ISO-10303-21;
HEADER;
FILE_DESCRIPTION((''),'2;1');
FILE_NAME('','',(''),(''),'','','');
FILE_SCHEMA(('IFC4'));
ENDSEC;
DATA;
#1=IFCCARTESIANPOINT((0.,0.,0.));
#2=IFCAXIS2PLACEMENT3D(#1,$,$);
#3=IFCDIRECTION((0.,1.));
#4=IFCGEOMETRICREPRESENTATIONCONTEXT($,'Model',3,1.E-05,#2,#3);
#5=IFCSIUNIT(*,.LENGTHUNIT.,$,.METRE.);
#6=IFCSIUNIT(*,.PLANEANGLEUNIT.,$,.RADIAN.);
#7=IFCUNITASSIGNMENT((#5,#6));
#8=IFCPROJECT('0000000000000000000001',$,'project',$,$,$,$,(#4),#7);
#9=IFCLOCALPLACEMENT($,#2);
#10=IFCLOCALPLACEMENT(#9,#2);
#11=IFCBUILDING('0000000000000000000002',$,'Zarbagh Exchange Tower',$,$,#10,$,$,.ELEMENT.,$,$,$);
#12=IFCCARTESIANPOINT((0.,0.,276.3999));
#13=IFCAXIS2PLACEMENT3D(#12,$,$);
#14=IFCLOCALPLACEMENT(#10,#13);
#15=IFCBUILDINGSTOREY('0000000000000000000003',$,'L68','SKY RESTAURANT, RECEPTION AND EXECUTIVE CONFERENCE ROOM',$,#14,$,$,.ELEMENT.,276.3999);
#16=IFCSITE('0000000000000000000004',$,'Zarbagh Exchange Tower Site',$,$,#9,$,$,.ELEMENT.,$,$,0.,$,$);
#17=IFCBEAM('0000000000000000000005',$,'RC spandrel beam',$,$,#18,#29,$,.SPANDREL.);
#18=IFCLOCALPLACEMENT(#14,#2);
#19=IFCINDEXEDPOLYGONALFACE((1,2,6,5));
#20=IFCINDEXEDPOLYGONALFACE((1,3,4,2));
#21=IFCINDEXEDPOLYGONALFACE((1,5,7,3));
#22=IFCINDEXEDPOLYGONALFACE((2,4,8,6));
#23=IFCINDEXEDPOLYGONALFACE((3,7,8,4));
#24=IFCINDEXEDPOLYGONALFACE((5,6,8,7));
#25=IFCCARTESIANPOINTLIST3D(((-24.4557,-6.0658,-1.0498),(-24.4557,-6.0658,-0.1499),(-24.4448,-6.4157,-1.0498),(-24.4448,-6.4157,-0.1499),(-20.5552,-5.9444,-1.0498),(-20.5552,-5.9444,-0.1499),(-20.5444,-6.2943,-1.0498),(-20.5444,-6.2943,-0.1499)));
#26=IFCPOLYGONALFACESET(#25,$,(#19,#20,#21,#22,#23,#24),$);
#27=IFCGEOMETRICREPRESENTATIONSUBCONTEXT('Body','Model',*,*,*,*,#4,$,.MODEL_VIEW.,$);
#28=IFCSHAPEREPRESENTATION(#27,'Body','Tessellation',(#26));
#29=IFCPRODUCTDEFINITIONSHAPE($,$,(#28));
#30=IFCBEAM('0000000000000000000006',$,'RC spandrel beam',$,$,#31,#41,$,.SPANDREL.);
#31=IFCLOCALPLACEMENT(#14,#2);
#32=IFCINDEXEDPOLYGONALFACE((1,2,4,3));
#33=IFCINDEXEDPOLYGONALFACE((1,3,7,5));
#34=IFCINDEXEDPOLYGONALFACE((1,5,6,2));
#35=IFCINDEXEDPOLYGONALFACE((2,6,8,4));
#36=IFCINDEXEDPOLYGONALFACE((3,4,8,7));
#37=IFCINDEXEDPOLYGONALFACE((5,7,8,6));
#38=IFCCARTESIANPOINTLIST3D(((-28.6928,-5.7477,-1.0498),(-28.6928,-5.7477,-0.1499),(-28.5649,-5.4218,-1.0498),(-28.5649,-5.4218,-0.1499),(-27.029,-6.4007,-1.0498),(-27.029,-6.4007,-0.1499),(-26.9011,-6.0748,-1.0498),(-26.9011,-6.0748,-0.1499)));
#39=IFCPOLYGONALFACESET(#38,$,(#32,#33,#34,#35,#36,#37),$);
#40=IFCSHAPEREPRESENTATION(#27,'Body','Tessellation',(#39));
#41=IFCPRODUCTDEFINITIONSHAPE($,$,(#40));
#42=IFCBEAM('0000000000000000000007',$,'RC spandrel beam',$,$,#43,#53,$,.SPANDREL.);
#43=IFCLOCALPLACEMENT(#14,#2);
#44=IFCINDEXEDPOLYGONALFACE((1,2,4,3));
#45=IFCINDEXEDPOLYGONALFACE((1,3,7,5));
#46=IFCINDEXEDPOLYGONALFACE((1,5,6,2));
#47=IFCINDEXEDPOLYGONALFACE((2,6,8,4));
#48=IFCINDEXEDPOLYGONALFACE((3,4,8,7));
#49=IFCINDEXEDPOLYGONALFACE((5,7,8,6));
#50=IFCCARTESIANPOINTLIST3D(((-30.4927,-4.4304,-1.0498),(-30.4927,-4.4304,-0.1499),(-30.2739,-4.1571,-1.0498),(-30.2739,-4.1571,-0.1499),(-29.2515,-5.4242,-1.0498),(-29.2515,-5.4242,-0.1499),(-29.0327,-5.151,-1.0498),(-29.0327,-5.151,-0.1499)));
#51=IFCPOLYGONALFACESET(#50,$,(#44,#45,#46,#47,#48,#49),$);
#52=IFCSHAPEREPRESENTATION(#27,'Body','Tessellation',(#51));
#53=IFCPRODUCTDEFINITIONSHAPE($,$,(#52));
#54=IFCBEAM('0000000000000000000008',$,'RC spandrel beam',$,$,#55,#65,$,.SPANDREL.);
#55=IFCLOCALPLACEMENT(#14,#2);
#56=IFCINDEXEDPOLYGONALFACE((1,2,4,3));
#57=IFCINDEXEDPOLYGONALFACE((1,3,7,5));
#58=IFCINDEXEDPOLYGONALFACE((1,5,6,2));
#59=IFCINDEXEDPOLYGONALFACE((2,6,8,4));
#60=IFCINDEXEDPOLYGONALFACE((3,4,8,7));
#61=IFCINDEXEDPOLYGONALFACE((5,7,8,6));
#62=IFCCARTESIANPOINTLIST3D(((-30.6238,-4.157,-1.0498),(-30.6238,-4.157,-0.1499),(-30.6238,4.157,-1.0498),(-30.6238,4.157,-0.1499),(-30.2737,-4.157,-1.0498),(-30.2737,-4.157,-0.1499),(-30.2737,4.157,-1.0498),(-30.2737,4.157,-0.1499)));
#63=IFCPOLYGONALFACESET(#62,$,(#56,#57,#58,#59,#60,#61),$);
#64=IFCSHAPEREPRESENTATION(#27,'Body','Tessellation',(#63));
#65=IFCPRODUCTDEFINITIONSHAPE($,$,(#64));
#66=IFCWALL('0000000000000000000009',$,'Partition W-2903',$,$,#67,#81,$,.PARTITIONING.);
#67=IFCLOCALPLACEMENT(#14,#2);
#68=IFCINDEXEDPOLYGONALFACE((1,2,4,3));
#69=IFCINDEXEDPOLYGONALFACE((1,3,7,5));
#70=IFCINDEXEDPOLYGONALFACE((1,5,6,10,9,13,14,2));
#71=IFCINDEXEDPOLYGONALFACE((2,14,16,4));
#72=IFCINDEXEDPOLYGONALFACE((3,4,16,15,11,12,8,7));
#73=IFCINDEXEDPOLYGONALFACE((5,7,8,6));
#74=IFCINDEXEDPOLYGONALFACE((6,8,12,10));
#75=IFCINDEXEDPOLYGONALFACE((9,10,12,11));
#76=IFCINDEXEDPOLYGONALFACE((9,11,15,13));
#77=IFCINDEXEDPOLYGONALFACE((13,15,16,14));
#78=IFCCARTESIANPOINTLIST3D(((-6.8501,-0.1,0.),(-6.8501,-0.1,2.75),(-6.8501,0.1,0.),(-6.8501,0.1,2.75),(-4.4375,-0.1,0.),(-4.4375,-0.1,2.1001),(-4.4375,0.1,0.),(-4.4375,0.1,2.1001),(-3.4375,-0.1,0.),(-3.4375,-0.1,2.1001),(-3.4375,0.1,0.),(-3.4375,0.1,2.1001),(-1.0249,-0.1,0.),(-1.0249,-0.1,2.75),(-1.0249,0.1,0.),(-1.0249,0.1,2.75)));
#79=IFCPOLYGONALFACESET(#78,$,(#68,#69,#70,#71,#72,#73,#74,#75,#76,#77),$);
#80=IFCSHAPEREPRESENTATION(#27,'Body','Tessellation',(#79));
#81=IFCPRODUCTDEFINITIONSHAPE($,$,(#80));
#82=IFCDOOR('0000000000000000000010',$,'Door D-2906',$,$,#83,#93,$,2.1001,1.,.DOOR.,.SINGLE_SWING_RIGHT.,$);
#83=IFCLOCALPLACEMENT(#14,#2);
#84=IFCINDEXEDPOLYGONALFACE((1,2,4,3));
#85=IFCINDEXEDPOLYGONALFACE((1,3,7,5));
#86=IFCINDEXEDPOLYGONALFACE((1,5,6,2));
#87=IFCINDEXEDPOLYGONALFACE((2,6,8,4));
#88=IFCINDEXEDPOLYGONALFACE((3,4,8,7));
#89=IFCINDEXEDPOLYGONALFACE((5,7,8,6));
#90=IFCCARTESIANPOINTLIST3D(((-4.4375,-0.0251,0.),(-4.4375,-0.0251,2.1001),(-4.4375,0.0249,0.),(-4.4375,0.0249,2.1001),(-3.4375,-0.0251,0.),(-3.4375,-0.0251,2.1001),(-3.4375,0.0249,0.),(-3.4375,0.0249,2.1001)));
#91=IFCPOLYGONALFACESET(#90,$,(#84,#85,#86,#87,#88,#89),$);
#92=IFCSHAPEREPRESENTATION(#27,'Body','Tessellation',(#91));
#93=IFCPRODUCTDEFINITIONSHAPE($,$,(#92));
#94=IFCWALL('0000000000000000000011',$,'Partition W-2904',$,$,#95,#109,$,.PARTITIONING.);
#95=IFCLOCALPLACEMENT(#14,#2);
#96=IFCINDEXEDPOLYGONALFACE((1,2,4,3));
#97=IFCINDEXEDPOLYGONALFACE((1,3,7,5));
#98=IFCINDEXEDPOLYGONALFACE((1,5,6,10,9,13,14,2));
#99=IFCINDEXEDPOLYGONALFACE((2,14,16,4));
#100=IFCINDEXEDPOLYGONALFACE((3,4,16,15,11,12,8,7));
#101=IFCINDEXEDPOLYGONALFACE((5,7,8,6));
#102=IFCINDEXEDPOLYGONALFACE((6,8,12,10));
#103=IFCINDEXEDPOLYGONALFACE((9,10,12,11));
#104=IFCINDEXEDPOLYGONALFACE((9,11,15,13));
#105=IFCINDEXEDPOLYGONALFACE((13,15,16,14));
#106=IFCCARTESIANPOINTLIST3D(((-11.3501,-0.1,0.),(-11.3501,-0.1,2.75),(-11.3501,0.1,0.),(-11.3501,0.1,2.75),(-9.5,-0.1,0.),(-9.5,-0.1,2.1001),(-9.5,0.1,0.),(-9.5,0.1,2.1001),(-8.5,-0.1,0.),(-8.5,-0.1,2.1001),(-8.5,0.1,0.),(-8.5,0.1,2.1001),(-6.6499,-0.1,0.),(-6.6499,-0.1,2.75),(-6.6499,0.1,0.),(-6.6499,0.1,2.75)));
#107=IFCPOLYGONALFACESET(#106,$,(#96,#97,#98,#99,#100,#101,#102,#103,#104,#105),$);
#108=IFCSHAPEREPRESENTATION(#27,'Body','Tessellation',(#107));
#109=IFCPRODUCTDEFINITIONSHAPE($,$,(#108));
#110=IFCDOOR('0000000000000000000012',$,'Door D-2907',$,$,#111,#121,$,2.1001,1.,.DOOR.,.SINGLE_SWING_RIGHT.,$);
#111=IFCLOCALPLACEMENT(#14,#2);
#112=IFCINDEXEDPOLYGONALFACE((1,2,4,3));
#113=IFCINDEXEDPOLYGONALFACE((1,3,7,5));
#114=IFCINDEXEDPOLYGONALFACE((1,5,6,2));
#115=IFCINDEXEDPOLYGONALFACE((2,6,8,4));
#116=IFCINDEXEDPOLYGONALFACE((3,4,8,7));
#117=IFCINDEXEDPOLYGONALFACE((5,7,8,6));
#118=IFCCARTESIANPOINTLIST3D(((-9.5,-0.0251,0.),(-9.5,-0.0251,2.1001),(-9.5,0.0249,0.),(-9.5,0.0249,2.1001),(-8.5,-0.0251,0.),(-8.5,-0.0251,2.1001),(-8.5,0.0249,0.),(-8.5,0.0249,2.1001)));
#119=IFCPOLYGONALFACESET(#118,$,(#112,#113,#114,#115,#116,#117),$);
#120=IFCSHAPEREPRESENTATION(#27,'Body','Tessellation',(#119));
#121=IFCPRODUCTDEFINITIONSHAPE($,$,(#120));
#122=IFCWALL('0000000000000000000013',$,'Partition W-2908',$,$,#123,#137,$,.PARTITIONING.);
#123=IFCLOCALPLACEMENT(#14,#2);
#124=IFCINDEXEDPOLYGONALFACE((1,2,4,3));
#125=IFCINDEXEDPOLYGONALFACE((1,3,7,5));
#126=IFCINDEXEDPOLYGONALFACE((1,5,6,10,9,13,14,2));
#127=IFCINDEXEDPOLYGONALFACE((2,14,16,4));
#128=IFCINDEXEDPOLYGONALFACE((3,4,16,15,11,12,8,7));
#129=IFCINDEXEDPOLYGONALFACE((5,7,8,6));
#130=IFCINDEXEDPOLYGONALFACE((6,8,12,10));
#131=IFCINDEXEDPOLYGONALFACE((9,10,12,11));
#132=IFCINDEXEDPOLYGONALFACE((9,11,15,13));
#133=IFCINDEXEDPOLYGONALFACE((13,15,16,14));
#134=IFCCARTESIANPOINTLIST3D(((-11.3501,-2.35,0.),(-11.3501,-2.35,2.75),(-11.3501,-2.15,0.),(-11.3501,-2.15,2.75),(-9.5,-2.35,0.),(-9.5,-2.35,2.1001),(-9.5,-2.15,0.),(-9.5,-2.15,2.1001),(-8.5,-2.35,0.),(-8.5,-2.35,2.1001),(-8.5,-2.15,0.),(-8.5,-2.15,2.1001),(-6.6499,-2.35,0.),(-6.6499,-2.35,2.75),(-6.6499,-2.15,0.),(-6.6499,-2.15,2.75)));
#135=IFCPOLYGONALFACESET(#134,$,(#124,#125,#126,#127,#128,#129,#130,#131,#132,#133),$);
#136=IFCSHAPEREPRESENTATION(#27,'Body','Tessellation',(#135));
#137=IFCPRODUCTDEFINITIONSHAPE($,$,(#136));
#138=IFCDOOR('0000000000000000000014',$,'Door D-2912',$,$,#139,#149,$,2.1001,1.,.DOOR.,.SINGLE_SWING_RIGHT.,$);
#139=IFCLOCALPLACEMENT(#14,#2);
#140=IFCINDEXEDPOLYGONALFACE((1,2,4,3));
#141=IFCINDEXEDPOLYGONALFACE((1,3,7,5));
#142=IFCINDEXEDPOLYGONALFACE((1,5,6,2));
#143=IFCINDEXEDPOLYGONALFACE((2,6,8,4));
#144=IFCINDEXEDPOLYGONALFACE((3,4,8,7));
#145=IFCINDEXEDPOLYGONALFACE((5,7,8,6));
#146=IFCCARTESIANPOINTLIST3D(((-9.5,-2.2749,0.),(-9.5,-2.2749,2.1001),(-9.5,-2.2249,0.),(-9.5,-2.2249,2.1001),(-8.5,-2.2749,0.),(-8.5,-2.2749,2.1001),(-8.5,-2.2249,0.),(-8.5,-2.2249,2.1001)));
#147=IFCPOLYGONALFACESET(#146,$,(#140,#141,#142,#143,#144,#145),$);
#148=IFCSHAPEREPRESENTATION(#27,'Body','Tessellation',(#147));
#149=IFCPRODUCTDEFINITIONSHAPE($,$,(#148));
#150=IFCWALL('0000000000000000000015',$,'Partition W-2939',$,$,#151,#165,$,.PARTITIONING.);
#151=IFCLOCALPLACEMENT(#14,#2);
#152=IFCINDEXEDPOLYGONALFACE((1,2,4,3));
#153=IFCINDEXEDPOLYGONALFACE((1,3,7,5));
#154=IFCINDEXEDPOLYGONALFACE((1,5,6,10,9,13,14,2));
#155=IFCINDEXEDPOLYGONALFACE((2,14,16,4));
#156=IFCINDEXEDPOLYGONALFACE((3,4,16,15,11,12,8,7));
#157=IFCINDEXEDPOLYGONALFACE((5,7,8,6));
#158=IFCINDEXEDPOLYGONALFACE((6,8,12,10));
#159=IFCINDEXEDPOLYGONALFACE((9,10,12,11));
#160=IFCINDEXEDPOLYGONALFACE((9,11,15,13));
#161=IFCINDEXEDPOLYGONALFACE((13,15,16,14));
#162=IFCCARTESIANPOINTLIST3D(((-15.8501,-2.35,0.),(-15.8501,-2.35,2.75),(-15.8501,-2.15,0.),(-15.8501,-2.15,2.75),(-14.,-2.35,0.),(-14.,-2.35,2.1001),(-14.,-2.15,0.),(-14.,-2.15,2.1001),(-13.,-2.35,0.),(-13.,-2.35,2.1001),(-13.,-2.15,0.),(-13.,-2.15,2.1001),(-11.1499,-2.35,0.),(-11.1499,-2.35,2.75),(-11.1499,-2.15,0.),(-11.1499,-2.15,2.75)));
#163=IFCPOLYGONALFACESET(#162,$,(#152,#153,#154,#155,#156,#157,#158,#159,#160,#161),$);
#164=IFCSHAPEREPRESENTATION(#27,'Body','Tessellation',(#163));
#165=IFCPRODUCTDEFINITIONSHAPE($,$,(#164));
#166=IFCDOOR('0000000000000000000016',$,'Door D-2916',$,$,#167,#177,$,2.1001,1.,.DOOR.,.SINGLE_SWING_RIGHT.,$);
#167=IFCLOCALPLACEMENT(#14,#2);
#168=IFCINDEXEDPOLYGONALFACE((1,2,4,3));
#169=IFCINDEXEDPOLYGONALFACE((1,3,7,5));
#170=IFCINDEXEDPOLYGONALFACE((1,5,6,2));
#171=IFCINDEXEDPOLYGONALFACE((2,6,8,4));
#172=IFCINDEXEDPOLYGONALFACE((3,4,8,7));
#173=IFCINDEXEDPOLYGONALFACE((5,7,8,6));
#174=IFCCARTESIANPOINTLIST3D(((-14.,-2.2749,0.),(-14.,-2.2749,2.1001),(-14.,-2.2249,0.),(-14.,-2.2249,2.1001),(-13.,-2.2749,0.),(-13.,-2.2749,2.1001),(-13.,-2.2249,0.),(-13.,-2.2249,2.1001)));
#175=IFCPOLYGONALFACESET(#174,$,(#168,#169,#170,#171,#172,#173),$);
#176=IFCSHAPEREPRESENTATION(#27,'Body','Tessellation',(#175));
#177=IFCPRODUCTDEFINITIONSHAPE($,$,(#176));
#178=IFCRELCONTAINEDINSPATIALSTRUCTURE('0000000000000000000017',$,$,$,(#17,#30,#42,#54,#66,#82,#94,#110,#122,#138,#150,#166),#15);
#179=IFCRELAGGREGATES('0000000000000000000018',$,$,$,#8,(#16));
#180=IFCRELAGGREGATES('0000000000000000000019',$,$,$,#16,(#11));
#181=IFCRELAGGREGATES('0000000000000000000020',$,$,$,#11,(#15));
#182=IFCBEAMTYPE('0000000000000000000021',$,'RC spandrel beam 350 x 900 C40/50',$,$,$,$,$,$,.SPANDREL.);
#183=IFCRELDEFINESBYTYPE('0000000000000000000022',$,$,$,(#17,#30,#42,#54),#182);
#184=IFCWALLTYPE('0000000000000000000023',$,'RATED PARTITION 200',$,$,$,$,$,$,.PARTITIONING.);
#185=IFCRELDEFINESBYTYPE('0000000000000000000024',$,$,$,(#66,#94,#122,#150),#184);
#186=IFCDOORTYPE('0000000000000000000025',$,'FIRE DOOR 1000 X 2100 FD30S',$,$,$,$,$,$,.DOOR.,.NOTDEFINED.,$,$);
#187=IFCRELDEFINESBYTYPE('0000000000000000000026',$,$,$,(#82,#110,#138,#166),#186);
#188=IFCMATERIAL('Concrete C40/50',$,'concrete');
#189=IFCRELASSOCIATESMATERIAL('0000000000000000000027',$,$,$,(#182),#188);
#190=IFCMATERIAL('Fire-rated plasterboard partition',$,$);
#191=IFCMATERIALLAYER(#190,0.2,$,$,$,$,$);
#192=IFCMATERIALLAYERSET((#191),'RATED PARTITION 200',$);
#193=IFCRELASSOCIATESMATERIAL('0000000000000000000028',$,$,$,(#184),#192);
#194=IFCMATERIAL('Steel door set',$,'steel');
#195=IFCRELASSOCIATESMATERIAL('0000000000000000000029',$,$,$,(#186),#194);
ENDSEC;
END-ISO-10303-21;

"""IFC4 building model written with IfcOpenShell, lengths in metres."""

from ifc_helpers import new_model, si_unit, direction, frame, frame_2d, origin, origin_2d, place, context, subcontext, project, spatial, rectangle, extrude, material, layer, layer_set, material_profile, profile_set, type_object, element, fill, save


model = new_model("IFC4")

# Units and contexts
model_context = context("Model", 3, precision=1e-05, world=origin(), true_north=direction((0.0, 1.0)))
body_context = subcontext(model_context, "Body", "Model", "MODEL_VIEW")
ifc_project = project(units=[si_unit("LENGTHUNIT", "METRE"), si_unit("PLANEANGLEUNIT", "RADIAN")], contexts=[model_context])

# Site, building, storey
site_placement = place(None, origin())
site = spatial("IfcSite", under=ifc_project, at=site_placement, Name="Zarbagh Exchange Tower Site", CompositionType="ELEMENT", RefElevation=0.0)
building_placement = place(site_placement, origin())
building = spatial("IfcBuilding", under=site, at=building_placement, Name="Zarbagh Exchange Tower", CompositionType="ELEMENT")
storey_placement = place(building_placement, frame((0.0, 0.0, 276.3999)))
storey = spatial("IfcBuildingStorey", under=building, at=storey_placement, Name="L68", Description="SKY RESTAURANT, RECEPTION AND EXECUTIVE CONFERENCE ROOM", CompositionType="ELEMENT", Elevation=276.3999)

# Shared definitions
ifc_material_1 = material(Name="Concrete C40/50", Category="concrete")

# Beams
ifc_material_profile_1 = material_profile(ifc_material_1, rectangle(XDim=0.3501, YDim=0.8999, at=origin_2d()), Name="RC spandrel beam 350 x 900 C40/50")
ifc_profile_set_1 = profile_set([ifc_material_profile_1], Name="Concrete C40/50")
beam_type_1 = type_object("IfcBeamType", Name="RC spandrel beam 350 x 900 C40/50", PredefinedType="SPANDREL", material=ifc_profile_set_1)
for number, where, z_axis, x_axis, name in (
    (1, (-20.5498, -6.1194, -0.5999), (-0.999516, -0.031094, 0.0), (0.031094, -0.999516, 0.0), "RC spandrel beam"),
):
    element("IfcBeam", number, at=place(storey_placement, frame(where, z_axis=z_axis, x_axis=x_axis)), inside=storey, type_object=beam_type_1, Name=name, PredefinedType="SPANDREL", context=body_context, shape_type="SweptSolid", body=[
        extrude(rectangle(XDim=0.3501, YDim=0.8999, at=origin_2d()), origin(), (0.0, 0.0, 1.0), 3.9023),
    ])
beam_1_placement = place(storey_placement, frame((-26.9651, -6.2378, -0.5999), z_axis=(-0.930859, 0.365378, 0.0), x_axis=(-0.365378, -0.930859, 0.0)))
element("IfcBeam", 2, at=beam_1_placement, inside=storey, type_object=beam_type_1, Name="RC spandrel beam", PredefinedType="SPANDREL", context=body_context, shape_type="SweptSolid", body=[
    extrude(rectangle(XDim=0.3501, YDim=0.8999, at=origin_2d()), origin(), (0.0, 0.0, 1.0), 1.7874),
])
beam_2_placement = place(storey_placement, frame((-29.1421, -5.2876, -0.5999), z_axis=(-0.780584, 0.625051, 0.0), x_axis=(-0.625051, -0.780584, 0.0)))
element("IfcBeam", 3, at=beam_2_placement, inside=storey, type_object=beam_type_1, Name="RC spandrel beam", PredefinedType="SPANDREL", context=body_context, shape_type="SweptSolid", body=[
    extrude(rectangle(XDim=0.3501, YDim=0.8999, at=origin_2d()), origin(), (0.0, 0.0, 1.0), 1.5901),
])
beam_3_placement = place(storey_placement, frame((-30.4487, -4.157, -0.5999), z_axis=(0.0, 1.0, 0.0), x_axis=(-1.0, 0.0, 0.0)))
element("IfcBeam", 4, at=beam_3_placement, inside=storey, type_object=beam_type_1, Name="RC spandrel beam", PredefinedType="SPANDREL", context=body_context, shape_type="SweptSolid", body=[
    extrude(rectangle(XDim=0.3501, YDim=0.8999, at=origin_2d()), origin(), (0.0, 0.0, 1.0), 8.314),
])

# Walls, openings, doors
ifc_material_2 = material(Name="Fire-rated plasterboard partition")
ifc_layer = layer(ifc_material_2, 0.2)
ifc_layer_set = layer_set([ifc_layer], Name="RATED PARTITION 200")
wall_type = type_object("IfcWallType", Name="RATED PARTITION 200", PredefinedType="PARTITIONING", material=ifc_layer_set)
wall_1_placement = place(storey_placement, frame((-6.8501, 0.0, 0.0), z_axis=(0.0, 0.0, 1.0), x_axis=(1.0, 0.0, 0.0)))
wall_1 = element("IfcWall", 5, at=wall_1_placement, inside=storey, type_object=wall_type, Name="Partition W-2903", PredefinedType="PARTITIONING", context=body_context, shape_type="SweptSolid", body=[
    extrude(rectangle(XDim=5.8252, YDim=0.2, at=frame_2d((2.9126, 0.0))), origin(), (0.0, 0.0, 1.0), 2.75),
])
opening_1_placement = place(wall_1_placement, frame((2.4126, 0.0, 0.0)))
opening_1 = element("IfcOpeningElement", 6, at=opening_1_placement, cuts=wall_1, PredefinedType="OPENING", context=body_context, shape_type="SweptSolid", body=[
    extrude(rectangle(XDim=1.0, YDim=2.1001, at=frame_2d((0.5, 1.05))), frame((0.0, 0.1099, 0.0), z_axis=(0.0, -1.0, 0.0), x_axis=(1.0, 0.0, 0.0)), (0.0, 0.0, 1.0), 0.22),
])
ifc_material_3 = material(Name="Steel door set", Category="steel")
door_type = type_object("IfcDoorType", Name="FIRE DOOR 1000 X 2100 FD30S", OperationType="NOTDEFINED", PredefinedType="DOOR", material=ifc_material_3)
door_1_placement = place(opening_1_placement, origin())
door_1 = element("IfcDoor", 7, at=door_1_placement, inside=storey, type_object=door_type, Name="Door D-2906", OperationType="SINGLE_SWING_RIGHT", OverallHeight=2.1001, OverallWidth=1.0, PredefinedType="DOOR", context=body_context, shape_type="SweptSolid", body=[
    extrude(rectangle(XDim=1.0, YDim=2.1001, at=frame_2d((0.5, 1.05))), frame((0.0, 0.0249, 0.0), z_axis=(0.0, -1.0, 0.0), x_axis=(1.0, 0.0, 0.0)), (0.0, 0.0, 1.0), 0.05),
])
fill(opening_1, door_1)
wall_2_placement = place(storey_placement, frame((-11.3501, 0.0, 0.0), z_axis=(0.0, 0.0, 1.0), x_axis=(1.0, 0.0, 0.0)))
wall_2 = element("IfcWall", 8, at=wall_2_placement, inside=storey, type_object=wall_type, Name="Partition W-2904", PredefinedType="PARTITIONING", context=body_context, shape_type="SweptSolid", body=[
    extrude(rectangle(XDim=4.7002, YDim=0.2, at=frame_2d((2.3501, 0.0))), origin(), (0.0, 0.0, 1.0), 2.75),
])
opening_2_placement = place(wall_2_placement, frame((1.8501, 0.0, 0.0)))
opening_2 = element("IfcOpeningElement", 9, at=opening_2_placement, cuts=wall_2, PredefinedType="OPENING", context=body_context, shape_type="SweptSolid", body=[
    extrude(rectangle(XDim=1.0, YDim=2.1001, at=frame_2d((0.5, 1.05))), frame((0.0, 0.1099, 0.0), z_axis=(0.0, -1.0, 0.0), x_axis=(1.0, 0.0, 0.0)), (0.0, 0.0, 1.0), 0.22),
])
door_2_placement = place(opening_2_placement, origin())
door_2 = element("IfcDoor", 10, at=door_2_placement, inside=storey, type_object=door_type, Name="Door D-2907", OperationType="SINGLE_SWING_RIGHT", OverallHeight=2.1001, OverallWidth=1.0, PredefinedType="DOOR", context=body_context, shape_type="SweptSolid", body=[
    extrude(rectangle(XDim=1.0, YDim=2.1001, at=frame_2d((0.5, 1.05))), frame((0.0, 0.0249, 0.0), z_axis=(0.0, -1.0, 0.0), x_axis=(1.0, 0.0, 0.0)), (0.0, 0.0, 1.0), 0.05),
])
fill(opening_2, door_2)
wall_3_placement = place(storey_placement, frame((-6.6499, -2.25, 0.0), z_axis=(0.0, 0.0, 1.0), x_axis=(-1.0, 0.0, 0.0)))
wall_3 = element("IfcWall", 11, at=wall_3_placement, inside=storey, type_object=wall_type, Name="Partition W-2908", PredefinedType="PARTITIONING", context=body_context, shape_type="SweptSolid", body=[
    extrude(rectangle(XDim=4.7002, YDim=0.2, at=frame_2d((2.3501, 0.0))), origin(), (0.0, 0.0, 1.0), 2.75),
])
opening_3_placement = place(wall_3_placement, frame((1.8501, 0.0, 0.0)))
opening_3 = element("IfcOpeningElement", 12, at=opening_3_placement, cuts=wall_3, PredefinedType="OPENING", context=body_context, shape_type="SweptSolid", body=[
    extrude(rectangle(XDim=1.0, YDim=2.1001, at=frame_2d((0.5, 1.05))), frame((0.0, 0.1099, 0.0), z_axis=(0.0, -1.0, 0.0), x_axis=(1.0, 0.0, 0.0)), (0.0, 0.0, 1.0), 0.22),
])
door_3_placement = place(opening_3_placement, origin())
door_3 = element("IfcDoor", 13, at=door_3_placement, inside=storey, type_object=door_type, Name="Door D-2912", OperationType="SINGLE_SWING_RIGHT", OverallHeight=2.1001, OverallWidth=1.0, PredefinedType="DOOR", context=body_context, shape_type="SweptSolid", body=[
    extrude(rectangle(XDim=1.0, YDim=2.1001, at=frame_2d((0.5, 1.05))), frame((0.0, 0.0249, 0.0), z_axis=(0.0, -1.0, 0.0), x_axis=(1.0, 0.0, 0.0)), (0.0, 0.0, 1.0), 0.05),
])
fill(opening_3, door_3)
wall_4_placement = place(storey_placement, frame((-11.1499, -2.25, 0.0), z_axis=(0.0, 0.0, 1.0), x_axis=(-1.0, 0.0, 0.0)))
wall_4 = element("IfcWall", 14, at=wall_4_placement, inside=storey, type_object=wall_type, Name="Partition W-2939", PredefinedType="PARTITIONING", context=body_context, shape_type="SweptSolid", body=[
    extrude(rectangle(XDim=4.7002, YDim=0.2, at=frame_2d((2.3501, 0.0))), origin(), (0.0, 0.0, 1.0), 2.75),
])
opening_4_placement = place(wall_4_placement, frame((1.8501, 0.0, 0.0)))
opening_4 = element("IfcOpeningElement", 15, at=opening_4_placement, cuts=wall_4, PredefinedType="OPENING", context=body_context, shape_type="SweptSolid", body=[
    extrude(rectangle(XDim=1.0, YDim=2.1001, at=frame_2d((0.5, 1.05))), frame((0.0, 0.1099, 0.0), z_axis=(0.0, -1.0, 0.0), x_axis=(1.0, 0.0, 0.0)), (0.0, 0.0, 1.0), 0.22),
])
door_4_placement = place(opening_4_placement, origin())
door_4 = element("IfcDoor", 16, at=door_4_placement, inside=storey, type_object=door_type, Name="Door D-2916", OperationType="SINGLE_SWING_RIGHT", OverallHeight=2.1001, OverallWidth=1.0, PredefinedType="DOOR", context=body_context, shape_type="SweptSolid", body=[
    extrude(rectangle(XDim=1.0, YDim=2.1001, at=frame_2d((0.5, 1.05))), frame((0.0, 0.0249, 0.0), z_axis=(0.0, -1.0, 0.0), x_axis=(1.0, 0.0, 0.0)), (0.0, 0.0, 1.0), 0.05),
])
fill(opening_4, door_4)

save(model, "model.ifc")
